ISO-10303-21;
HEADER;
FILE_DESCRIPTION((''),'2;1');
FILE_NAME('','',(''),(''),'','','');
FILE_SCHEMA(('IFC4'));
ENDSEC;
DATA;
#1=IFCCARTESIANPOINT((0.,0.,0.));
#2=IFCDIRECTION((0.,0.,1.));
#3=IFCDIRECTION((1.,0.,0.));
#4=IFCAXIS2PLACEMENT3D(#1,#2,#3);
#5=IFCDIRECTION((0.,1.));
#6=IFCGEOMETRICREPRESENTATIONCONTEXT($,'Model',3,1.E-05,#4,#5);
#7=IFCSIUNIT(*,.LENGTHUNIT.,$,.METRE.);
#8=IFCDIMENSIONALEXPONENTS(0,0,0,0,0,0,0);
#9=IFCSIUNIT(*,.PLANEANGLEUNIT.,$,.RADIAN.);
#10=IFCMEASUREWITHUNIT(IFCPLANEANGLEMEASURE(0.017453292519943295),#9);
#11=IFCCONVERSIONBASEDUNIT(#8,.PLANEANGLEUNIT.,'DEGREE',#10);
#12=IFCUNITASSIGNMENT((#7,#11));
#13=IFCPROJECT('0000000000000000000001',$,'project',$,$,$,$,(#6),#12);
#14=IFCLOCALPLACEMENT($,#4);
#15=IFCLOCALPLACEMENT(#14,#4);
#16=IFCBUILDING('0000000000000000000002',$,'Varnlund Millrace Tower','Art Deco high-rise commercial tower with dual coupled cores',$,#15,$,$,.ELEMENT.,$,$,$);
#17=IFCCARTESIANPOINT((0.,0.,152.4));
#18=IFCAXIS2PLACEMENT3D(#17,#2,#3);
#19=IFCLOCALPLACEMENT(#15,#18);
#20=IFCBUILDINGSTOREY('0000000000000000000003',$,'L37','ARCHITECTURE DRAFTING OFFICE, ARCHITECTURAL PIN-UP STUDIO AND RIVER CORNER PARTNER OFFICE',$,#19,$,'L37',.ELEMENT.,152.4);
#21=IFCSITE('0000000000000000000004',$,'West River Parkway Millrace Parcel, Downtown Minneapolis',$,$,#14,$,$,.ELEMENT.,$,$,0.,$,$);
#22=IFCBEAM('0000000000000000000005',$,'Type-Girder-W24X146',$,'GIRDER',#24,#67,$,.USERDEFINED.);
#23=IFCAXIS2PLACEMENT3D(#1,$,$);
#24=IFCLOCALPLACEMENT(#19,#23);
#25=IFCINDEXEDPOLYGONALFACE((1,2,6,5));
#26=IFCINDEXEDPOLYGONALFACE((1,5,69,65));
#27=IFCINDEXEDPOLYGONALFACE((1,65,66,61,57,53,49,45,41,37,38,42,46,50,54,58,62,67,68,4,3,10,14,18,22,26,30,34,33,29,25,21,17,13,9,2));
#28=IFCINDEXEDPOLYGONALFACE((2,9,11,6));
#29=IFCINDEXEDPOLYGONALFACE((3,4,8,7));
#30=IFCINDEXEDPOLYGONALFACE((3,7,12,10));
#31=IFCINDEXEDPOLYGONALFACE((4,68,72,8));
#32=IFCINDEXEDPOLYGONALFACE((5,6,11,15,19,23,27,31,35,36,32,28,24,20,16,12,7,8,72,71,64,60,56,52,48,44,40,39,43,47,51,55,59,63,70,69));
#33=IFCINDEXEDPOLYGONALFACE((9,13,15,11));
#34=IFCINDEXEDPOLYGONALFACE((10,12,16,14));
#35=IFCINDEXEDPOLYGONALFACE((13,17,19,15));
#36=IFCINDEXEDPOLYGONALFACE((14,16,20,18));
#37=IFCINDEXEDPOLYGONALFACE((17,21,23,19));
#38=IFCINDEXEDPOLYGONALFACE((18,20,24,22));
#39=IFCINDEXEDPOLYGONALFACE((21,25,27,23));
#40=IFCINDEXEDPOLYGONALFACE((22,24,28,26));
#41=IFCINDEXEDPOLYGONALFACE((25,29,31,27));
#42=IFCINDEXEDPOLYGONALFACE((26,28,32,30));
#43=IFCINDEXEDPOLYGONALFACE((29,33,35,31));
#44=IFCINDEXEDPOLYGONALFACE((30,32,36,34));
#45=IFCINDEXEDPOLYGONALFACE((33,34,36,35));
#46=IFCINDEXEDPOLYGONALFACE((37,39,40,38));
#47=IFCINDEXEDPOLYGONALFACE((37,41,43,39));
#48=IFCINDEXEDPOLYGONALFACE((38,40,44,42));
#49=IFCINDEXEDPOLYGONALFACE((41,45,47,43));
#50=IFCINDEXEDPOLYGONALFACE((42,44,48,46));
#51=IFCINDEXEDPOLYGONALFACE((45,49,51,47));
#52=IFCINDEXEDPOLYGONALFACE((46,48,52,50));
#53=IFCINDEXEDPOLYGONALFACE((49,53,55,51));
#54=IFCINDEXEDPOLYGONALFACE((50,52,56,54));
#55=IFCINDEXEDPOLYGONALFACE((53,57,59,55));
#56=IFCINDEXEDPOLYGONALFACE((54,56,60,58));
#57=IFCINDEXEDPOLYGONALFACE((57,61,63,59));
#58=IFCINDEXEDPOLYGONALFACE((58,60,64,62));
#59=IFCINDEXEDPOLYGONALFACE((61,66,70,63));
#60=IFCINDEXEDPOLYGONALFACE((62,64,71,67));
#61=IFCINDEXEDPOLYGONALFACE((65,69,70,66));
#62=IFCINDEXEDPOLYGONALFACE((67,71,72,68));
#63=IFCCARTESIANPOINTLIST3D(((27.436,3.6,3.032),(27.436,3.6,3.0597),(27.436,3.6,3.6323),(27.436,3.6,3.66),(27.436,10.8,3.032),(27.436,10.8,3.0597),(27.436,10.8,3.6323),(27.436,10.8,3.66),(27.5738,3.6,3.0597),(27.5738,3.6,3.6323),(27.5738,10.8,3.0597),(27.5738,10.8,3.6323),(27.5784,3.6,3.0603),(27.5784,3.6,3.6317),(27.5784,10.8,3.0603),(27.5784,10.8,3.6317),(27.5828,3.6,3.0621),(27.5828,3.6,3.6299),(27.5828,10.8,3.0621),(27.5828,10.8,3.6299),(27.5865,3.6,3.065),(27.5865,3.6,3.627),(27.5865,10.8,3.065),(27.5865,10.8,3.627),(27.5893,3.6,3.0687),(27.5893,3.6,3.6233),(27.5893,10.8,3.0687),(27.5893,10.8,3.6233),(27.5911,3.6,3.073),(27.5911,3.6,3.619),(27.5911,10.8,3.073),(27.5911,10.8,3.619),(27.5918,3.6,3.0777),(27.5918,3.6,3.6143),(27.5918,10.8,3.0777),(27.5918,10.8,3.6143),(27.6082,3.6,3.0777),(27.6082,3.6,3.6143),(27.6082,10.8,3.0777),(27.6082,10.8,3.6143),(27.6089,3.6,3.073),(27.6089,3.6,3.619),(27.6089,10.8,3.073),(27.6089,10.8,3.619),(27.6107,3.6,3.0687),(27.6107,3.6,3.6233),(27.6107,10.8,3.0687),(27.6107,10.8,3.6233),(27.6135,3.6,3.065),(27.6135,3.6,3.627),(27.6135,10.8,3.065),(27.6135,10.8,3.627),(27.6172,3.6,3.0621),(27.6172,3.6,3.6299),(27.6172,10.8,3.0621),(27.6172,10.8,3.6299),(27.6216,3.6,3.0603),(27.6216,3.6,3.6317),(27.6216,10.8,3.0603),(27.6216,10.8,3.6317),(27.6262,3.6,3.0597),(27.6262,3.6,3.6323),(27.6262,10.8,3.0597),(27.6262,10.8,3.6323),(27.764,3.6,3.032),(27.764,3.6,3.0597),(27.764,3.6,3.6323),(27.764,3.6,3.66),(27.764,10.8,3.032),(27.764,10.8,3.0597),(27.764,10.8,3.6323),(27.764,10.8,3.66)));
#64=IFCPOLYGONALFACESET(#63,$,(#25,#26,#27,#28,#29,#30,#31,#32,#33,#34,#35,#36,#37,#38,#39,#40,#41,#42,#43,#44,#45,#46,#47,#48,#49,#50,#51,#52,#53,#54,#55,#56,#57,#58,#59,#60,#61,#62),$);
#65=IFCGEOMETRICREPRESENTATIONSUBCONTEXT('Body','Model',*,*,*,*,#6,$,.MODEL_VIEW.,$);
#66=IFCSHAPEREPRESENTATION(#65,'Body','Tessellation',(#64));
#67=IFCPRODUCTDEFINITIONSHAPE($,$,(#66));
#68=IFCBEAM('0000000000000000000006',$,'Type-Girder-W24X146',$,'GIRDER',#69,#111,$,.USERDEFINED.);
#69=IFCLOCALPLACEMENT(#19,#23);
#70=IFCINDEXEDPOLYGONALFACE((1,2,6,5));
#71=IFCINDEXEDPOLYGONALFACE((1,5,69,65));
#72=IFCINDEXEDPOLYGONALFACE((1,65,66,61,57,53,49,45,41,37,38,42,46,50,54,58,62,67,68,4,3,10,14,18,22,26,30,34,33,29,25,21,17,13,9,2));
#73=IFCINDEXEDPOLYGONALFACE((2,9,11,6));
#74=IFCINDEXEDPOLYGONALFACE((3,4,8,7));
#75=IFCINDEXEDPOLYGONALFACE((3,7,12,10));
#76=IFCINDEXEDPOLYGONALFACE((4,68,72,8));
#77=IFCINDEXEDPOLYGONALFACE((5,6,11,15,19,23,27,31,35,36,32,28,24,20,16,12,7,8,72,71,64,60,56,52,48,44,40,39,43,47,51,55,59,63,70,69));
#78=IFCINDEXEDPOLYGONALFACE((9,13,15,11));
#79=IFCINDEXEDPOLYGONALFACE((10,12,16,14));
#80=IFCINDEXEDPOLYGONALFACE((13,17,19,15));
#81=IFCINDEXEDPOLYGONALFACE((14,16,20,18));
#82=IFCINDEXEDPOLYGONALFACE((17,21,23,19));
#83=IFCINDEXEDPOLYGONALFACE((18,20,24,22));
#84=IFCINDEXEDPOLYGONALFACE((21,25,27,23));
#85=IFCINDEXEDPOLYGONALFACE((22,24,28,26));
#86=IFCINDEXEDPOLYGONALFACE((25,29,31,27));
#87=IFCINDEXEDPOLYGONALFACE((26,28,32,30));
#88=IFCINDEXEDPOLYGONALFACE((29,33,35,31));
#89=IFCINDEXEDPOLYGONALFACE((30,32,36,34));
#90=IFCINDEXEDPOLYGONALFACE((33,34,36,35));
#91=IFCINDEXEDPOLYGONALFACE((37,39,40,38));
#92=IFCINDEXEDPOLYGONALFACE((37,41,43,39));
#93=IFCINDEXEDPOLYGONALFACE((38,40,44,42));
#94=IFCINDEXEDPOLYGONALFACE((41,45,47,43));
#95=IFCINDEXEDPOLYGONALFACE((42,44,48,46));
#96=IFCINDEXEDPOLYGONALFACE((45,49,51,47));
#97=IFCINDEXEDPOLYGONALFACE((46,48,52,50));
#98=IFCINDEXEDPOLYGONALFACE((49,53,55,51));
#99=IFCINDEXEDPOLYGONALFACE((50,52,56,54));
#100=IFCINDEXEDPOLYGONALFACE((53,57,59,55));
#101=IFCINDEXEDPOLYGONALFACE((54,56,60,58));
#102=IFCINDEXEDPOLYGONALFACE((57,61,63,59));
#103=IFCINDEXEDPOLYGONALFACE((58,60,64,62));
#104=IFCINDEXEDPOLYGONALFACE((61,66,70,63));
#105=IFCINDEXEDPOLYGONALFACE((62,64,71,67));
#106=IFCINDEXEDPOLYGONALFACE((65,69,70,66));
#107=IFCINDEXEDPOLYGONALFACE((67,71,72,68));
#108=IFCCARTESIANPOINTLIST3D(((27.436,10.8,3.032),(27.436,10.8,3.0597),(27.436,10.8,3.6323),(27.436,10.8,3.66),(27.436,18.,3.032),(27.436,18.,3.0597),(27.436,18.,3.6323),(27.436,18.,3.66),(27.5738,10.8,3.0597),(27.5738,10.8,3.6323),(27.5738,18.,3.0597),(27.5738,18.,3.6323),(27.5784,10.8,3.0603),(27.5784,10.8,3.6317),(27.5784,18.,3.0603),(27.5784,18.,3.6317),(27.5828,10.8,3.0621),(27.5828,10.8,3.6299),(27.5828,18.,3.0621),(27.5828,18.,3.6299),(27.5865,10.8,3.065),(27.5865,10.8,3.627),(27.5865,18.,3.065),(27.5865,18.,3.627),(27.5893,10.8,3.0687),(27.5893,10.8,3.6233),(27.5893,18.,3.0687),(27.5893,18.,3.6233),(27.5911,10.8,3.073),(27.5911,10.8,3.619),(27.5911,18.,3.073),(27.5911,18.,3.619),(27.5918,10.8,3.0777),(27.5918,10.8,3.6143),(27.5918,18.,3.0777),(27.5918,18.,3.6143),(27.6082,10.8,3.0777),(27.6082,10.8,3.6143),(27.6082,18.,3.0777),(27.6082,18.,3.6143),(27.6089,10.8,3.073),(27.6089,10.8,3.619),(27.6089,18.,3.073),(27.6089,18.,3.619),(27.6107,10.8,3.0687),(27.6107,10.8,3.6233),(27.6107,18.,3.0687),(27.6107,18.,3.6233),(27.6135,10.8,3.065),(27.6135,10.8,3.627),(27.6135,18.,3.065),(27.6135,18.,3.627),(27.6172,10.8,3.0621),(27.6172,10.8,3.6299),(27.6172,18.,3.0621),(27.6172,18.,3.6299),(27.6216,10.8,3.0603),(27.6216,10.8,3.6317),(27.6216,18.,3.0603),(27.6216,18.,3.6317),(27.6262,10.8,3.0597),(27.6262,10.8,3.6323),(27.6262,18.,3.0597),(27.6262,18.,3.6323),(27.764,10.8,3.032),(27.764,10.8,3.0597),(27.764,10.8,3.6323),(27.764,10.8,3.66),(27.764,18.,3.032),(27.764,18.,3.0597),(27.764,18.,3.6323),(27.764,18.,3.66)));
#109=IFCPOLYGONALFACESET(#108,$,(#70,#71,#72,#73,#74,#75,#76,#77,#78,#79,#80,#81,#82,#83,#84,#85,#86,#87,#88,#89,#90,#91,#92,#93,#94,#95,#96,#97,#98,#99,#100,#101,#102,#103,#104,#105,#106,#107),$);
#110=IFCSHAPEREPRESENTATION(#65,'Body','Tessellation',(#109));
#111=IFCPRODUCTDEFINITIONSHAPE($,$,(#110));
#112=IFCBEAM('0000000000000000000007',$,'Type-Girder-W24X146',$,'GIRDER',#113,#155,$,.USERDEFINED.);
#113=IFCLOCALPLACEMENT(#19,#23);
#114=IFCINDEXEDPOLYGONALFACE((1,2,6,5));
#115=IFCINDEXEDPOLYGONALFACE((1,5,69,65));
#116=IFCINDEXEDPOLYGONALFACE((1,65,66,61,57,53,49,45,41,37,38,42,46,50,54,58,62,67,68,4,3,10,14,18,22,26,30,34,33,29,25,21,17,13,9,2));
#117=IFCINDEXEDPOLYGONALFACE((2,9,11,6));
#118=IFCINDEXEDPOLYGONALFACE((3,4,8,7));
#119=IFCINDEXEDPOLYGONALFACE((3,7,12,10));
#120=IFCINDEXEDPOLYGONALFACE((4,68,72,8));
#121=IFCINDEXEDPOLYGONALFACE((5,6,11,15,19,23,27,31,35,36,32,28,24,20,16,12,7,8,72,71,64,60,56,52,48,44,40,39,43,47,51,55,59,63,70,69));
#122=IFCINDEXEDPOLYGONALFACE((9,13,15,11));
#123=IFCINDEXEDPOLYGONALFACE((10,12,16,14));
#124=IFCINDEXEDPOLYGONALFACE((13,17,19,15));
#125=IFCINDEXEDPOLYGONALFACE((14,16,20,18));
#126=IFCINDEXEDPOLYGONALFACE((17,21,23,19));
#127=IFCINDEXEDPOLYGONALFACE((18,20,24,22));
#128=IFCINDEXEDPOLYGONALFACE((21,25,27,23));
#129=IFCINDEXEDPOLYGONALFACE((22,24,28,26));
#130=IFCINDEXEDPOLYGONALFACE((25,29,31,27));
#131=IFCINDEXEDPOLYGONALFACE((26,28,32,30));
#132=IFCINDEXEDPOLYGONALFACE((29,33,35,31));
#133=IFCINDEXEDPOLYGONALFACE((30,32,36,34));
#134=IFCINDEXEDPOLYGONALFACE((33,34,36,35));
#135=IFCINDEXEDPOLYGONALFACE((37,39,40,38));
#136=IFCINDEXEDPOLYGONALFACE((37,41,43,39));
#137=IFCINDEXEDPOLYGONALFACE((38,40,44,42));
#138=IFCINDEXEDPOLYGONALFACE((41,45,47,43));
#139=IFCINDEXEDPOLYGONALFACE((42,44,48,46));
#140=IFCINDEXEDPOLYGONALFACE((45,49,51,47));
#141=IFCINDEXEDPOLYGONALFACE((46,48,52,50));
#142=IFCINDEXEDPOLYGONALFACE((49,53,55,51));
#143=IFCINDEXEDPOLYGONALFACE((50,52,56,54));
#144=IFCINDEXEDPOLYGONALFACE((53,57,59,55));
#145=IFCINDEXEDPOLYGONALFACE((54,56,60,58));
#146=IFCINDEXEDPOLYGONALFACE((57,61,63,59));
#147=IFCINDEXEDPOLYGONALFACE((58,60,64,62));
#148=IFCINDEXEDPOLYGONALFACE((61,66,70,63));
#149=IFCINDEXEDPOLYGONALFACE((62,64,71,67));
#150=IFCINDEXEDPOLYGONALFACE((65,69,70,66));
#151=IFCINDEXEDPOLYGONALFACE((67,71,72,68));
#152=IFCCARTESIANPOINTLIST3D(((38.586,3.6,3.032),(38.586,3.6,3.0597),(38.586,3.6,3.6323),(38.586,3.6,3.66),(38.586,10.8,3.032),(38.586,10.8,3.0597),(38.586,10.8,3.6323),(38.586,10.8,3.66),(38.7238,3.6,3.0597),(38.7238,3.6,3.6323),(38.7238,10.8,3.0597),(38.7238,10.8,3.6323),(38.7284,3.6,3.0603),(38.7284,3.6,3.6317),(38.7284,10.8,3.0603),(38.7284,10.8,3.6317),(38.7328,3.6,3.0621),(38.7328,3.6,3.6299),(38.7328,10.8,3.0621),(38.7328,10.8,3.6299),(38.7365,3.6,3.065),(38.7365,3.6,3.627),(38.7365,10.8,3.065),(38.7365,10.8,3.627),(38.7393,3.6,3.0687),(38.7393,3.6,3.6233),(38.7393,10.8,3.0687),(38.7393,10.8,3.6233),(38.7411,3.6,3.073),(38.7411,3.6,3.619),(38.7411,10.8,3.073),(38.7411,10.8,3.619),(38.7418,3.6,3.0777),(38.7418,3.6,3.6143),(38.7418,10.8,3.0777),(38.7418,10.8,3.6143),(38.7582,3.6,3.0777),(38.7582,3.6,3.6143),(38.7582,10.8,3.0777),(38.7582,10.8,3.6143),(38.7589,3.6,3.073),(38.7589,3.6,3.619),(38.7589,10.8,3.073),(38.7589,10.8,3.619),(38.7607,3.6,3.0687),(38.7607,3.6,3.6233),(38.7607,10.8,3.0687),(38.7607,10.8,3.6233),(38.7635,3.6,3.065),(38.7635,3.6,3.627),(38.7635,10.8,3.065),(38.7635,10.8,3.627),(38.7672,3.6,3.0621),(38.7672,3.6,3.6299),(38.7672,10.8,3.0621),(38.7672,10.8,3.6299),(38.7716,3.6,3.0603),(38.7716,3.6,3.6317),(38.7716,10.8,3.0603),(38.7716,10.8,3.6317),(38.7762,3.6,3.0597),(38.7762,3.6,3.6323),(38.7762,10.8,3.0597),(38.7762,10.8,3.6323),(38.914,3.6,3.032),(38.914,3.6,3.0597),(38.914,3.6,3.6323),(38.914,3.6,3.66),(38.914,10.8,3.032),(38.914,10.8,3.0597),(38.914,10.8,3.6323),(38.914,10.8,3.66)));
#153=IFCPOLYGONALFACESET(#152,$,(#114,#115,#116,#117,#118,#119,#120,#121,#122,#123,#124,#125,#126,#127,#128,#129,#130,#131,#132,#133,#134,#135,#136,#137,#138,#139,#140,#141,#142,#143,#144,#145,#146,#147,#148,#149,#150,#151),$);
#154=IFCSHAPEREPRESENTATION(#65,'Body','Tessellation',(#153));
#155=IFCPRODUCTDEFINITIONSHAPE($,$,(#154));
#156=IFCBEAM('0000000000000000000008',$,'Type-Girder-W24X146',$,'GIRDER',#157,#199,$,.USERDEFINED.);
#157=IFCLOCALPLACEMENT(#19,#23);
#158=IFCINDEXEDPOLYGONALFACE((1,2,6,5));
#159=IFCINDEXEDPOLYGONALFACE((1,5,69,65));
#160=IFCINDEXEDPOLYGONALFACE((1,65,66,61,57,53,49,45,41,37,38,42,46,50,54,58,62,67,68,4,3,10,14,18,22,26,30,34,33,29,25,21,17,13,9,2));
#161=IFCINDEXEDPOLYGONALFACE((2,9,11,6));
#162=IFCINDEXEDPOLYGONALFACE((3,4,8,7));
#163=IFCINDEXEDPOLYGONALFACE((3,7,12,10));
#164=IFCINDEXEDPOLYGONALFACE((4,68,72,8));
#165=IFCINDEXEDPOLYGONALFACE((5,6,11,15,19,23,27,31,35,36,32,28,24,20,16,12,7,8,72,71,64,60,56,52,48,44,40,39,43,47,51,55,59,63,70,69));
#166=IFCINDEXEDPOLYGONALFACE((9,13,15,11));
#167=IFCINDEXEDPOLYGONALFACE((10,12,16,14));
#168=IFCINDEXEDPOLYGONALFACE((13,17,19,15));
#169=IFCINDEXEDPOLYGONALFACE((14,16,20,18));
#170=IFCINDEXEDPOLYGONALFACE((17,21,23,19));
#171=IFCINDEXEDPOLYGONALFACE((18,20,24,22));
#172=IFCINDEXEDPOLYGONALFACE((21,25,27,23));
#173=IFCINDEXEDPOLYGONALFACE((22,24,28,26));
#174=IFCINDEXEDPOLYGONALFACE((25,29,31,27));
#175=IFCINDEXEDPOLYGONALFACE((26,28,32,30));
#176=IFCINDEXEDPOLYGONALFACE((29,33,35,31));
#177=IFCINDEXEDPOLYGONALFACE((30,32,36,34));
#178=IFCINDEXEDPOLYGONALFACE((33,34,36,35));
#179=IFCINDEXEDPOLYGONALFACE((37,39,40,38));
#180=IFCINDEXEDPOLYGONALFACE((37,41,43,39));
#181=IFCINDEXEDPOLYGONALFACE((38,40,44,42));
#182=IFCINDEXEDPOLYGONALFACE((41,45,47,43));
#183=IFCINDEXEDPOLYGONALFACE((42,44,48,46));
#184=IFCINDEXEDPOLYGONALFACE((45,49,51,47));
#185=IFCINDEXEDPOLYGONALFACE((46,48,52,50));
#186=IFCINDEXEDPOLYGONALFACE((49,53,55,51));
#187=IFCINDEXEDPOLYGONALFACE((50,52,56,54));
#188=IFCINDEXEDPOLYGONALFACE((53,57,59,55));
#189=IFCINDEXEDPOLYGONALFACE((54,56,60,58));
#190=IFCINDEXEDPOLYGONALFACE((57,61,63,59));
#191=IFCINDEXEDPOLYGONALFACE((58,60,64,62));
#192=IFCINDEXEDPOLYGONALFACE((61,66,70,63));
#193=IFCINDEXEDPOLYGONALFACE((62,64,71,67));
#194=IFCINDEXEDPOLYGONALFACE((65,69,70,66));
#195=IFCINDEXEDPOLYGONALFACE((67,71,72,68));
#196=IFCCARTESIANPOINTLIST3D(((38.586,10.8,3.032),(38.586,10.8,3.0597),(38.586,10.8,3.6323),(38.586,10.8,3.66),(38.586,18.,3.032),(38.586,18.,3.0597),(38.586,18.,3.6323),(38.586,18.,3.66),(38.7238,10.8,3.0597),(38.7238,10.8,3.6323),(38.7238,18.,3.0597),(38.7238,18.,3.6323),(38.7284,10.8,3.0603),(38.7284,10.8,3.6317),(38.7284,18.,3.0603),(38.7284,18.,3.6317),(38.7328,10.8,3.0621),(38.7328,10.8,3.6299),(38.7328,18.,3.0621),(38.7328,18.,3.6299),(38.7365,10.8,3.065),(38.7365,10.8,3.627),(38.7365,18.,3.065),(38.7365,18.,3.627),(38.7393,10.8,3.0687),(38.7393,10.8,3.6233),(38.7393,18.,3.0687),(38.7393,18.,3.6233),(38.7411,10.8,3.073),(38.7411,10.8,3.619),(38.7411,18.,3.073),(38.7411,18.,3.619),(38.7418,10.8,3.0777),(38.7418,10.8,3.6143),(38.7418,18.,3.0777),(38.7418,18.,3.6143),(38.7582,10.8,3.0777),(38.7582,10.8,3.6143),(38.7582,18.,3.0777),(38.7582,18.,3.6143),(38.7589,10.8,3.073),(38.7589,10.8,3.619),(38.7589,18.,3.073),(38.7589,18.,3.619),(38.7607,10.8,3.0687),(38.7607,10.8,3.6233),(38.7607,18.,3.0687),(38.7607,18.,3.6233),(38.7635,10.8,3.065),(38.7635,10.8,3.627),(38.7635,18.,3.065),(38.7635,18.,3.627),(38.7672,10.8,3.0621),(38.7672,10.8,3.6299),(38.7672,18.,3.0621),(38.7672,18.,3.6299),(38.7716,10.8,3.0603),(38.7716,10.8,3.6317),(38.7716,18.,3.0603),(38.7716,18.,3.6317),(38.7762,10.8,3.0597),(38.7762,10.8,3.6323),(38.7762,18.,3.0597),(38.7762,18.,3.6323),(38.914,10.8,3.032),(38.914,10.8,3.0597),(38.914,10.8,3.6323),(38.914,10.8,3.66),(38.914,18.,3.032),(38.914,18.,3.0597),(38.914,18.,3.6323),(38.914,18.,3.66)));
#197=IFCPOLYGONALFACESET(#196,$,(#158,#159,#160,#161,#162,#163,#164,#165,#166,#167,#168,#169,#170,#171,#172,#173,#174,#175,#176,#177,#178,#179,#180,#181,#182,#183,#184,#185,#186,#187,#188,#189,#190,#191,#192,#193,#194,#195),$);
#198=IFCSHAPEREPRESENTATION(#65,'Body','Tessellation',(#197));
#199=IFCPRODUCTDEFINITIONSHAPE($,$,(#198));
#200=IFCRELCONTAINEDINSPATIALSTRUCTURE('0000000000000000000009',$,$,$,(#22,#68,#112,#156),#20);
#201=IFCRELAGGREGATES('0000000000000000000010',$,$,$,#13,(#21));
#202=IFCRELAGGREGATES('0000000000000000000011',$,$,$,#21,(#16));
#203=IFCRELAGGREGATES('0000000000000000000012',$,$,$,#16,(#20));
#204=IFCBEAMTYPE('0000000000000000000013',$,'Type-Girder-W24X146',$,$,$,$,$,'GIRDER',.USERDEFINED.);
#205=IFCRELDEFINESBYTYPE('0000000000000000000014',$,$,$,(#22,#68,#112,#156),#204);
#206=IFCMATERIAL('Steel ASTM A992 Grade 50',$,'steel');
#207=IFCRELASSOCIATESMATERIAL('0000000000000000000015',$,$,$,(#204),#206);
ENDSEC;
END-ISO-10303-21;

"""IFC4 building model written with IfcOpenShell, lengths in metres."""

from ifc_helpers import new_model, entity, si_unit, converted_unit, direction, frame, origin_with_axes, origin_2d_with_axis, place, context, subcontext, project, spatial, i_section, extrude, material, material_profile, profile_set, type_object, element, save


model = new_model("IFC4")

# Units and contexts
model_context = context("Model", 3, precision=1e-05, world=origin_with_axes(), true_north=direction((0.0, 1.0)))
body_context = subcontext(model_context, "Body", "Model", "MODEL_VIEW")
ifc_project = project(units=[si_unit("LENGTHUNIT", "METRE"), converted_unit("PLANEANGLEUNIT", "DEGREE", entity("IfcPlaneAngleMeasure", 0.017453292519943295), si_unit("PLANEANGLEUNIT", "RADIAN"), dimensions=[0, 0, 0, 0, 0, 0, 0])], contexts=[model_context])

# Site, building, storey
site_placement = place(None, origin_with_axes())
site = spatial("IfcSite", under=ifc_project, at=site_placement, Name="West River Parkway Millrace Parcel, Downtown Minneapolis", CompositionType="ELEMENT", RefElevation=0.0)
building_placement = place(site_placement, origin_with_axes())
building = spatial("IfcBuilding", under=site, at=building_placement, Name="Varnlund Millrace Tower", Description="Art Deco high-rise commercial tower with dual coupled cores", CompositionType="ELEMENT")
storey_placement = place(building_placement, frame((0.0, 0.0, 152.4), z_axis=(0.0, 0.0, 1.0), x_axis=(1.0, 0.0, 0.0)))
storey = spatial("IfcBuildingStorey", under=building, at=storey_placement, Name="L37", Description="ARCHITECTURE DRAFTING OFFICE, ARCHITECTURAL PIN-UP STUDIO AND RIVER CORNER PARTNER OFFICE", LongName="L37", CompositionType="ELEMENT", Elevation=152.4)

# Beams
ifc_material_1 = material(Name="Steel ASTM A992 Grade 50", Category="steel")
ifc_material_profile_1 = material_profile(ifc_material_1, i_section(OverallWidth=0.328, OverallDepth=0.628, WebThickness=0.0165, FlangeThickness=0.0277, FilletRadius=0.018, at=origin_2d_with_axis()), Name="Steel ASTM A992 Grade 50")
ifc_profile_set_1 = profile_set([ifc_material_profile_1], Name="Steel ASTM A992 Grade 50")
beam_type_1 = type_object("IfcBeamType", Name="Type-Girder-W24X146", ElementType="GIRDER", PredefinedType="USERDEFINED", material=ifc_profile_set_1)
for number, where, z_axis, x_axis, name in (
    (1, (27.6, 3.6, 3.346), (0.0, 1.0, 0.0), (-1.0, 0.0, 0.0), "Type-Girder-W24X146"),
    (2, (27.6, 10.8, 3.346), (0.0, 1.0, 0.0), (-1.0, 0.0, 0.0), "Type-Girder-W24X146"),
    (3, (38.75, 3.6, 3.346), (0.0, 1.0, 0.0), (-1.0, 0.0, 0.0), "Type-Girder-W24X146"),
    (4, (38.75, 10.8, 3.346), (0.0, 1.0, 0.0), (-1.0, 0.0, 0.0), "Type-Girder-W24X146"),
):
    element("IfcBeam", number, at=place(storey_placement, frame(where, z_axis=z_axis, x_axis=x_axis)), inside=storey, type_object=beam_type_1, Name=name, ObjectType="GIRDER", PredefinedType="USERDEFINED", context=body_context, shape_type="SweptSolid", body=[
        extrude(i_section(OverallWidth=0.328, OverallDepth=0.628, WebThickness=0.0165, FlangeThickness=0.0277, FilletRadius=0.018, at=origin_2d_with_axis()), origin_with_axes(), (0.0, 0.0, 1.0), 7.2),
    ])

save(model, "model.ifc")
